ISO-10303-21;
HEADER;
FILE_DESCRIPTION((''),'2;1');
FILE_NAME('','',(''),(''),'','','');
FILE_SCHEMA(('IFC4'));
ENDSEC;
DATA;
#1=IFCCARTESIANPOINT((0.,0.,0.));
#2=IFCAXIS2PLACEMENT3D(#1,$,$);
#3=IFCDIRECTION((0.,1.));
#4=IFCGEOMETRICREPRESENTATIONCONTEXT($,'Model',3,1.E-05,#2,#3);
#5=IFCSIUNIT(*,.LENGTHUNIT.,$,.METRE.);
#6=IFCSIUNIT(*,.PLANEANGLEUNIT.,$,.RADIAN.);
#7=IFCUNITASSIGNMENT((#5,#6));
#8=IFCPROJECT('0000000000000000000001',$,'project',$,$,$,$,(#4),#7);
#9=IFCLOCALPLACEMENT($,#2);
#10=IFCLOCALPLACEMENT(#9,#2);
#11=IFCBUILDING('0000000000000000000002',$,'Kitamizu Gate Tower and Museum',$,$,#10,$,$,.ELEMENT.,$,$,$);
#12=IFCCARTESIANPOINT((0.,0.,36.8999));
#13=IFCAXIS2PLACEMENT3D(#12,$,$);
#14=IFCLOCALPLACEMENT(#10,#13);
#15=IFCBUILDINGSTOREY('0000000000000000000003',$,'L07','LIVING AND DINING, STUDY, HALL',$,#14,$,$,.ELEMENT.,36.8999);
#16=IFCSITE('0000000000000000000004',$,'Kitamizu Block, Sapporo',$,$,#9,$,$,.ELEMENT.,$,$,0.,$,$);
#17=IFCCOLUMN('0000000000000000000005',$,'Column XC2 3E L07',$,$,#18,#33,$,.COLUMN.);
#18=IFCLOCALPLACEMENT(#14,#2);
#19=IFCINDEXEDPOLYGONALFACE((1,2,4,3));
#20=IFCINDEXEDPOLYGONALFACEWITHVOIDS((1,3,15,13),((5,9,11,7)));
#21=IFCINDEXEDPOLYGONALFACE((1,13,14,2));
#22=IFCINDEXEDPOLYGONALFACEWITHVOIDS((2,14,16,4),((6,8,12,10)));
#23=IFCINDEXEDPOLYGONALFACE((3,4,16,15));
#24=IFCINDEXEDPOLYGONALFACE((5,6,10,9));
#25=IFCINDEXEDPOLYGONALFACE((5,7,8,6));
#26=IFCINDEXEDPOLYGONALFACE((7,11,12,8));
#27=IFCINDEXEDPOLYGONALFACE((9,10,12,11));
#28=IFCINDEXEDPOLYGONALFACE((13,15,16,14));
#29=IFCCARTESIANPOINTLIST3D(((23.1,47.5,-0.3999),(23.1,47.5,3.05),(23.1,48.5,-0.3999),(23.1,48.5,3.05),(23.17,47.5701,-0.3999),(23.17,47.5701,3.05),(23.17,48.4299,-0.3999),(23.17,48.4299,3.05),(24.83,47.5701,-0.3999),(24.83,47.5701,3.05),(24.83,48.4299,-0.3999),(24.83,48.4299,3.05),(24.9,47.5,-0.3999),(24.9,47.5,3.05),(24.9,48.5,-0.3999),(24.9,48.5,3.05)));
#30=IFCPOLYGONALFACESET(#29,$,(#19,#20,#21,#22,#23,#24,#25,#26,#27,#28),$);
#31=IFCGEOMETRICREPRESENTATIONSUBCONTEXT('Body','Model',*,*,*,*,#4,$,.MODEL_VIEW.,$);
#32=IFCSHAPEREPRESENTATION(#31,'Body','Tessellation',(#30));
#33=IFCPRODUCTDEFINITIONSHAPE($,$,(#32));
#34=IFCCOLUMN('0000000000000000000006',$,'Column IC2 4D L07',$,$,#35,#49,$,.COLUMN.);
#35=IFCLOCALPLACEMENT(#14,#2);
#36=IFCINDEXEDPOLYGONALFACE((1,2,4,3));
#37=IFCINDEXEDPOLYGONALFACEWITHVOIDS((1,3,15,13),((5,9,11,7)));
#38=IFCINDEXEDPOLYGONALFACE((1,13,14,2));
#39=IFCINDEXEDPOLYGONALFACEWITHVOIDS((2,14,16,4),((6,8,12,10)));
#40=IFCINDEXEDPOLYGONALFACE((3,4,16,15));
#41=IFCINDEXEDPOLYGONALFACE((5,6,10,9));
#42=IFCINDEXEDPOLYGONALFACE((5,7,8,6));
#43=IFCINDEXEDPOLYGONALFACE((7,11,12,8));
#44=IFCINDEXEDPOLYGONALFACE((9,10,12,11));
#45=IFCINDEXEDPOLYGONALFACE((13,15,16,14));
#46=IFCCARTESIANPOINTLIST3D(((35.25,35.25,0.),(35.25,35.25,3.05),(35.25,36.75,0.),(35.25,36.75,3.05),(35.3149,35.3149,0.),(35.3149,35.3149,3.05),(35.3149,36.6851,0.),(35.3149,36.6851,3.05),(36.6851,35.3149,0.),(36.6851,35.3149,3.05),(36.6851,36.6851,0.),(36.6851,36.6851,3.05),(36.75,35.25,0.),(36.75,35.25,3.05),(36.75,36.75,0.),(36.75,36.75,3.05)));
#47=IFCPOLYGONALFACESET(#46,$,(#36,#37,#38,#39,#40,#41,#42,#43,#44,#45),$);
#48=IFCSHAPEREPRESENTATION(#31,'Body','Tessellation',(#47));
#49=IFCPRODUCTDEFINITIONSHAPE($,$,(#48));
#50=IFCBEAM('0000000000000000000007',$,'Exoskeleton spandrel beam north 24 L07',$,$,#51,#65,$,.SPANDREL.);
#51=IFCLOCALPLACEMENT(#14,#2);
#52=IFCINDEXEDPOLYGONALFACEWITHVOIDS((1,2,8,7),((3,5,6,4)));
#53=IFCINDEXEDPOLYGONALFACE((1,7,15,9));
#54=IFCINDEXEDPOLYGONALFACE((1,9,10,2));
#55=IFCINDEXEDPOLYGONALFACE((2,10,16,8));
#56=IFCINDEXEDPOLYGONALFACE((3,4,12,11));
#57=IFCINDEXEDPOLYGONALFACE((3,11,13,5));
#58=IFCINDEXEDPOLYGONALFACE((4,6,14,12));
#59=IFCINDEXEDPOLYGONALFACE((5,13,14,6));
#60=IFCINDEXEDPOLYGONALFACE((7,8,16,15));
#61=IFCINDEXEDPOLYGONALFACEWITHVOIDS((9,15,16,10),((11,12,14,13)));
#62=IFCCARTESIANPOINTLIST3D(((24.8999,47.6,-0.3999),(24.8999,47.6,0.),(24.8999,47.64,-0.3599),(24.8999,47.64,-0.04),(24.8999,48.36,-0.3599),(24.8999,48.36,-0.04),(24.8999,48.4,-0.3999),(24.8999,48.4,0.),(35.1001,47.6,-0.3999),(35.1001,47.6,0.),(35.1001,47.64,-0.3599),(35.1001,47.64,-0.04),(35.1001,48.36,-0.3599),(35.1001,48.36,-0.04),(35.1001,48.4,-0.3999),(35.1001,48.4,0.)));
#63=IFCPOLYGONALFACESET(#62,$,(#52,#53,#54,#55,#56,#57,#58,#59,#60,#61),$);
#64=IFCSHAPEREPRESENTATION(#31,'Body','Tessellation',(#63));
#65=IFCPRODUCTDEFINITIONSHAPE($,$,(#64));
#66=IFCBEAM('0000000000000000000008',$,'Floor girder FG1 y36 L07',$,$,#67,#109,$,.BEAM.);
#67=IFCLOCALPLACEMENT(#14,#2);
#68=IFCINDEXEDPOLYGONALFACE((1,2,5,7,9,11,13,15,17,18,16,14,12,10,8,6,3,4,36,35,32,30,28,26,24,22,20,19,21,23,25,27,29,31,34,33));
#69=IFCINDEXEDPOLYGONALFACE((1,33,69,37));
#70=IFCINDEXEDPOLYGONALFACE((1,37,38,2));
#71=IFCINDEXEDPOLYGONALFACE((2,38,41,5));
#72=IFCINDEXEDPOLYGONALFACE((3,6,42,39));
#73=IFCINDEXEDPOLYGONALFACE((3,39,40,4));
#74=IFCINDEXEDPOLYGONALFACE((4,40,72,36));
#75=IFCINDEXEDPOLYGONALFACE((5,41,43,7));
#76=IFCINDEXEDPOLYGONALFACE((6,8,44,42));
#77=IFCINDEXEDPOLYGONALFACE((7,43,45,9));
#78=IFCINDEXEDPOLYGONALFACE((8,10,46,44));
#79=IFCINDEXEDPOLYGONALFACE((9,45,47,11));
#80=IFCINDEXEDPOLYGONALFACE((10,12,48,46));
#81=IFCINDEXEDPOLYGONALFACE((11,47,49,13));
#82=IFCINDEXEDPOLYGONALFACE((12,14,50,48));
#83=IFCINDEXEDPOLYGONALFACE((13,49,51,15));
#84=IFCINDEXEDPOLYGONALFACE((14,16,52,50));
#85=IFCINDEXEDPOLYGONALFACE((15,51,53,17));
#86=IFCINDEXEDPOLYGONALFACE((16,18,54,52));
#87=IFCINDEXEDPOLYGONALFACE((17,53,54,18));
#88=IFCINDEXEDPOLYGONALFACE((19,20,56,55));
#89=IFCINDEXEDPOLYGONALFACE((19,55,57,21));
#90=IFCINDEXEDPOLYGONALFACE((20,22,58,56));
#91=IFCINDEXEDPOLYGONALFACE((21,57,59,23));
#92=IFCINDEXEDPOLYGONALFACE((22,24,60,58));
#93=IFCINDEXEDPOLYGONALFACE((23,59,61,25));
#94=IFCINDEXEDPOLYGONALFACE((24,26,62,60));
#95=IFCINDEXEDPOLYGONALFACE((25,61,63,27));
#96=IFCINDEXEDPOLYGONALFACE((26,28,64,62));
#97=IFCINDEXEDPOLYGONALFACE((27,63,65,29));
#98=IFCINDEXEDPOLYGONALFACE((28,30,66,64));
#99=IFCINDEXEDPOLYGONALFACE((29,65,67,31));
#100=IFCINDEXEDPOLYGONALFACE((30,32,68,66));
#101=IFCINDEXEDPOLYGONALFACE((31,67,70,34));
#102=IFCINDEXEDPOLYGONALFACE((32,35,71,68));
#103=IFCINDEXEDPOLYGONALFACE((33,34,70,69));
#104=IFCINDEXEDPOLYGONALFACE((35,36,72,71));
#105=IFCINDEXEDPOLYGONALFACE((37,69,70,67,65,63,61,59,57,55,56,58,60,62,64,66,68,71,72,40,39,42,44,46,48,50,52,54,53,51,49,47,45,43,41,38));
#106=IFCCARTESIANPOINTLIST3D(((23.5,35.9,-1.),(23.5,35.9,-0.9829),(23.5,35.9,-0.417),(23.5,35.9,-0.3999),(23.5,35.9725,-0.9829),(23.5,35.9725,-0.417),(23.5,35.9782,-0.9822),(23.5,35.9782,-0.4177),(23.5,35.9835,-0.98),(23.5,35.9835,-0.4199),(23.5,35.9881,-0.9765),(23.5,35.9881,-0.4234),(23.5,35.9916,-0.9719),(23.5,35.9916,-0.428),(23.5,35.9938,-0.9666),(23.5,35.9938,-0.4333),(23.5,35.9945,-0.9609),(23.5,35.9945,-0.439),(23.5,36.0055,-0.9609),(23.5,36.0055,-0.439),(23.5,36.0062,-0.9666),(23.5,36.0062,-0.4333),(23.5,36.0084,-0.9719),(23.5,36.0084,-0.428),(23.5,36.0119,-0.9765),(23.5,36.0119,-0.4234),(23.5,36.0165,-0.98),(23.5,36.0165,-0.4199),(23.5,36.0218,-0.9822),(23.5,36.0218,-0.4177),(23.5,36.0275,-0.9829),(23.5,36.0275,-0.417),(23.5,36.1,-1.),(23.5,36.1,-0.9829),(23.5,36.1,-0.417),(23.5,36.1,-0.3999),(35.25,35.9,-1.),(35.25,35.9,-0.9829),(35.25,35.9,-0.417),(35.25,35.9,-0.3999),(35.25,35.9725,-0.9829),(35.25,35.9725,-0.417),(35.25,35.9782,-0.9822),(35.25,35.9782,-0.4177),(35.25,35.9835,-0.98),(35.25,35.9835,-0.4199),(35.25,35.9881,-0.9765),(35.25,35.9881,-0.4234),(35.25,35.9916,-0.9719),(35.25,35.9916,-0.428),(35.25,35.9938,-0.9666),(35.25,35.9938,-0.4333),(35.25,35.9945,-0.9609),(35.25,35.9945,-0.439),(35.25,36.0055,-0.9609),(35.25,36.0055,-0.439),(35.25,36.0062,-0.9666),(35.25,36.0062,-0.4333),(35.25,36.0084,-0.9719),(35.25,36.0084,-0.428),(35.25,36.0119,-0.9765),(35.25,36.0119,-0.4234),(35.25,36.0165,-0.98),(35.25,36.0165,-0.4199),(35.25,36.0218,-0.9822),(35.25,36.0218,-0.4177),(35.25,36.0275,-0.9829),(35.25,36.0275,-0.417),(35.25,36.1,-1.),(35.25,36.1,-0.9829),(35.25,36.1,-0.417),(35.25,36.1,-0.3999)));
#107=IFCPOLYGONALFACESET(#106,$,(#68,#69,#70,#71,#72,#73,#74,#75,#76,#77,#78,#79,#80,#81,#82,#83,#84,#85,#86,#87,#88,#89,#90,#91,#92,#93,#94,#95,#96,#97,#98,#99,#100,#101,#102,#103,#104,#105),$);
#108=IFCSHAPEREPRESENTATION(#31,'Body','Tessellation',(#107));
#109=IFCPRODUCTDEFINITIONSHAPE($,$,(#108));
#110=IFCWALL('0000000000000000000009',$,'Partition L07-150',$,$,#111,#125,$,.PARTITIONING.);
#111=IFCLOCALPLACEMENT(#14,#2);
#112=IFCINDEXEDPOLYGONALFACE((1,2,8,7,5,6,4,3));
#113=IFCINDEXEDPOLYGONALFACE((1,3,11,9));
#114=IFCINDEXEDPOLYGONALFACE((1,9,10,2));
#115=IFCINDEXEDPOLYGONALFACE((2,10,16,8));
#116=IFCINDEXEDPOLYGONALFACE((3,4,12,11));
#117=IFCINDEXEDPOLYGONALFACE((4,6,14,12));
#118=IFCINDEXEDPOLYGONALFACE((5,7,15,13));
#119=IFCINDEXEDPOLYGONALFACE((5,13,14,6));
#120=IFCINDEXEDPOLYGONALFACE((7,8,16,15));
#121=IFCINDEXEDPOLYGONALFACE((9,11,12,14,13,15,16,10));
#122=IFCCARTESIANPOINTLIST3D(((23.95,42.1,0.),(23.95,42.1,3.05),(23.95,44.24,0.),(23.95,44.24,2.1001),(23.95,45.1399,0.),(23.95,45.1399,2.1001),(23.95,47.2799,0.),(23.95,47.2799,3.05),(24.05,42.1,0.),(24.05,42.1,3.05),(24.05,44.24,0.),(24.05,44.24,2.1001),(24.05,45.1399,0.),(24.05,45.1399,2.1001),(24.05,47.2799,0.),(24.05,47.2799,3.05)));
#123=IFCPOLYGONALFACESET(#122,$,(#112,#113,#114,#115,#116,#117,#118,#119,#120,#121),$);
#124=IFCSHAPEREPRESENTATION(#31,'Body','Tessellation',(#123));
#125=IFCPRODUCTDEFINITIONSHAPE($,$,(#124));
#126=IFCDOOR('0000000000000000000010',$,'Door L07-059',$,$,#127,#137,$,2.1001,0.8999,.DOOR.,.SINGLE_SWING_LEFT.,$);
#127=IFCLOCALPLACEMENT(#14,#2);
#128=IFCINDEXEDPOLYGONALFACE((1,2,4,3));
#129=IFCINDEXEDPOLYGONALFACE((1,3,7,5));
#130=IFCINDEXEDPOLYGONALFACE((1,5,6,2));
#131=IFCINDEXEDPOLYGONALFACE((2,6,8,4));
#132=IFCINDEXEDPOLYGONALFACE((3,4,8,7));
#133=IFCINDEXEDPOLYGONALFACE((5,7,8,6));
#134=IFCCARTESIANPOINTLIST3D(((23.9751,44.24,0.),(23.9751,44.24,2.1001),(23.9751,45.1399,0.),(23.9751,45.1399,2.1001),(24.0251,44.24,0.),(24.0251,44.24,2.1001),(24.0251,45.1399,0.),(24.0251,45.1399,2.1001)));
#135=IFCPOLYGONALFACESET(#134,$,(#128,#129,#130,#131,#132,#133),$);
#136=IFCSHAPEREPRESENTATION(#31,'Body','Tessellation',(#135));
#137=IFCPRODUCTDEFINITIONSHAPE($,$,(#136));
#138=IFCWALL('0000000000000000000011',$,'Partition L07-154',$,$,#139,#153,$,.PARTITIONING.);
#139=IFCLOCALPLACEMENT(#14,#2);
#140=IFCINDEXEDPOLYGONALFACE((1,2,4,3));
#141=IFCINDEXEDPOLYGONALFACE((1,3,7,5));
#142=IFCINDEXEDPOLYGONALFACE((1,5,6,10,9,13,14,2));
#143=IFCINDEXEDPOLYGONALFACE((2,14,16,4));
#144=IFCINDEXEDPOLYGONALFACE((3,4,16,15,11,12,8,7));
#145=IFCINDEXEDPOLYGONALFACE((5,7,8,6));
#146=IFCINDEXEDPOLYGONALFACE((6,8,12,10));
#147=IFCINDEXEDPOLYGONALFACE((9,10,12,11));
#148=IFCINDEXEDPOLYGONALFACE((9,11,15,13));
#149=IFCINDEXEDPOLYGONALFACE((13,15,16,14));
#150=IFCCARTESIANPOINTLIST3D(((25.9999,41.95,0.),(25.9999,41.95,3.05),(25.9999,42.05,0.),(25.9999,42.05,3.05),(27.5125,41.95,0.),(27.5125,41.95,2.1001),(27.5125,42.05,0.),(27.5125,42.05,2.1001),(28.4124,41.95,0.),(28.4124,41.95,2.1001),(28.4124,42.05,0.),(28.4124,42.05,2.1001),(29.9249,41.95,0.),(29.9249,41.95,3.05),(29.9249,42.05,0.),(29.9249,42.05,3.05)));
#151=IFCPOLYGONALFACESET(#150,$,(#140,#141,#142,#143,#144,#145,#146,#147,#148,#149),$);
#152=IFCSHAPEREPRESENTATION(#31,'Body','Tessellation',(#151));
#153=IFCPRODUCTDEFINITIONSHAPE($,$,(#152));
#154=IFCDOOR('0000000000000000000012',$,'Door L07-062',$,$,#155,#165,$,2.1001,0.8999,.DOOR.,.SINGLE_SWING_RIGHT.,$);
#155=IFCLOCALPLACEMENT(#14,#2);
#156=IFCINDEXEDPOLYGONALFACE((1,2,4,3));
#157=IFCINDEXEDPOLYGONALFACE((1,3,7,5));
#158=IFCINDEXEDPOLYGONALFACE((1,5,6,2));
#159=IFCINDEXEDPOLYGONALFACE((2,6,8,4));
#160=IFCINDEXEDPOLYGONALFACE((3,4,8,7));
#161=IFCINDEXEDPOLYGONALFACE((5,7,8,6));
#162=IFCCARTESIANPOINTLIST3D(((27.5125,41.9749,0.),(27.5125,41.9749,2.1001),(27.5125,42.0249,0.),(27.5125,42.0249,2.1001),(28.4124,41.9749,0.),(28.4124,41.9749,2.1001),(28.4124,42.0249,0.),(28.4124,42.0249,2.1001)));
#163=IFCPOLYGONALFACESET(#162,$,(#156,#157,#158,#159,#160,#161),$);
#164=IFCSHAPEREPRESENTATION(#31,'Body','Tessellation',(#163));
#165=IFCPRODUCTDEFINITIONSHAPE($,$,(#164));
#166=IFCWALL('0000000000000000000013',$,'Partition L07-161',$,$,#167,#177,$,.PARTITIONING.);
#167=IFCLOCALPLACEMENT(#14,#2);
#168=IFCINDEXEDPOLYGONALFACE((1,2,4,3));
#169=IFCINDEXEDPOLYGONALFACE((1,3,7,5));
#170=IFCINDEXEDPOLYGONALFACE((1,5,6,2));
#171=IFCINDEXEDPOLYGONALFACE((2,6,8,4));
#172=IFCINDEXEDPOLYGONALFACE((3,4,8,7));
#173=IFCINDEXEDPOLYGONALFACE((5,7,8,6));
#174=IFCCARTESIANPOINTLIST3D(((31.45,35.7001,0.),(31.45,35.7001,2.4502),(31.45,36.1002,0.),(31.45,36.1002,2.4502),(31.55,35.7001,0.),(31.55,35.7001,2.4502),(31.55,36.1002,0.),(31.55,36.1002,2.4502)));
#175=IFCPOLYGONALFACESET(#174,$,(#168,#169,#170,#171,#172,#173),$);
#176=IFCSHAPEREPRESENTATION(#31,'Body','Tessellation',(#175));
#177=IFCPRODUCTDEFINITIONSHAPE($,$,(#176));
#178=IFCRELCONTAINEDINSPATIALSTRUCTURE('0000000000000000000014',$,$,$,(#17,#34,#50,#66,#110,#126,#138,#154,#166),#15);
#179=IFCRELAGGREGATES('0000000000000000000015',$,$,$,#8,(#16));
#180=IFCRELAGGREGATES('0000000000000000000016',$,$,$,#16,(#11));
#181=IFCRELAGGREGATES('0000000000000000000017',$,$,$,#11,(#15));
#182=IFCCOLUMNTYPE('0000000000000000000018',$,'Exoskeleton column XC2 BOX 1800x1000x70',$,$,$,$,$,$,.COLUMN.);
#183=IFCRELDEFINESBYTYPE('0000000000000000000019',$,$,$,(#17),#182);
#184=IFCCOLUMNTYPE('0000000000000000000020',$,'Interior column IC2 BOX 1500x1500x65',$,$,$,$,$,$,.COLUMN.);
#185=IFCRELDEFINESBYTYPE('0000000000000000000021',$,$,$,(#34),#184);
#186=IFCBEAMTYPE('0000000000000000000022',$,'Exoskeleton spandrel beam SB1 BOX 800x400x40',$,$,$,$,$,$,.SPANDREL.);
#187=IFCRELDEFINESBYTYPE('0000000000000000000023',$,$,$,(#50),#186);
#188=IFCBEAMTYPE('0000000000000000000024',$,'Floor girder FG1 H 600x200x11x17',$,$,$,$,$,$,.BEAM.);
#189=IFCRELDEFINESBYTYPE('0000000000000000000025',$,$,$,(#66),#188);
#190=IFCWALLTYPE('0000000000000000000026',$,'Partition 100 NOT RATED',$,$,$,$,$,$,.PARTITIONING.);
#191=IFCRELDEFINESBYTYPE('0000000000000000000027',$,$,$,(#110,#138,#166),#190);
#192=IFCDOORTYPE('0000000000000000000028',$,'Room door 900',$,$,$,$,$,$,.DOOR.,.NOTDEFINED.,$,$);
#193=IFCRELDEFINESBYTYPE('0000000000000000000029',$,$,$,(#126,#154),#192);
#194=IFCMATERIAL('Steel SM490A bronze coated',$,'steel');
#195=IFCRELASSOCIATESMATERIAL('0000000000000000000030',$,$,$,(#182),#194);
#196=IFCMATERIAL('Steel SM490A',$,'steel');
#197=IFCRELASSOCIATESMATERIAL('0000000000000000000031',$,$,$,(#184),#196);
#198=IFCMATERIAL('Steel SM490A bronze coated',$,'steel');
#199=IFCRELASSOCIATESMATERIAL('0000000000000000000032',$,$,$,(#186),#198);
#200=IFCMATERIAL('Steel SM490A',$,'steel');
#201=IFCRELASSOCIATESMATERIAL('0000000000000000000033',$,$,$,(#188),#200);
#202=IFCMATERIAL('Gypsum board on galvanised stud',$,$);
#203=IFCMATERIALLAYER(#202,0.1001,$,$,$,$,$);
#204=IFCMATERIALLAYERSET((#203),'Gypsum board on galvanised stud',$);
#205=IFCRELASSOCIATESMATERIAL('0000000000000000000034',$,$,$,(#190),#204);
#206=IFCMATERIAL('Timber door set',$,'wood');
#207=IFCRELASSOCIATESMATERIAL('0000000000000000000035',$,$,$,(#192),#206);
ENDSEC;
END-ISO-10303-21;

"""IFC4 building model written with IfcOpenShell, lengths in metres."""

from ifc_helpers import new_model, si_unit, direction, frame, frame_2d, origin, origin_2d, place, context, subcontext, project, spatial, rectangle, hollow_rectangle, i_section, extrude, material, layer, layer_set, material_profile, profile_set, type_object, element, fill, save


model = new_model("IFC4")

# Units and contexts
model_context = context("Model", 3, precision=1e-05, world=origin(), true_north=direction((0.0, 1.0)))
body_context = subcontext(model_context, "Body", "Model", "MODEL_VIEW")
ifc_project = project(units=[si_unit("LENGTHUNIT", "METRE"), si_unit("PLANEANGLEUNIT", "RADIAN")], contexts=[model_context])

# Site, building, storey
site_placement = place(None, origin())
site = spatial("IfcSite", under=ifc_project, at=site_placement, Name="Kitamizu Block, Sapporo", CompositionType="ELEMENT", RefElevation=0.0)
building_placement = place(site_placement, origin())
building = spatial("IfcBuilding", under=site, at=building_placement, Name="Kitamizu Gate Tower and Museum", CompositionType="ELEMENT")
storey_placement = place(building_placement, frame((0.0, 0.0, 36.8999)))
storey = spatial("IfcBuildingStorey", under=building, at=storey_placement, Name="L07", Description="LIVING AND DINING, STUDY, HALL", CompositionType="ELEMENT", Elevation=36.8999)

# Columns
ifc_material_1 = material(Name="Steel SM490A bronze coated", Category="steel")
ifc_material_profile_1 = material_profile(ifc_material_1, hollow_rectangle(XDim=1.8, YDim=1.0, WallThickness=0.0701, at=origin_2d()), Name="BOX 1800x1000x70")
ifc_profile_set_1 = profile_set([ifc_material_profile_1], Name="Steel SM490A bronze coated")
column_type_1 = type_object("IfcColumnType", Name="Exoskeleton column XC2 BOX 1800x1000x70", PredefinedType="COLUMN", material=ifc_profile_set_1)
column_1_placement = place(storey_placement, frame((24.0, 48.0, -0.3999), z_axis=(0.0, 0.0, 1.0), x_axis=(1.0, 0.0, 0.0)))
element("IfcColumn", 1, at=column_1_placement, inside=storey, type_object=column_type_1, Name="Column XC2 3E L07", PredefinedType="COLUMN", context=body_context, shape_type="SweptSolid", body=[
    extrude(hollow_rectangle(XDim=1.8, YDim=1.0, WallThickness=0.0701, at=origin_2d()), origin(), (0.0, 0.0, 1.0), 3.45),
])
ifc_material_2 = material(Name="Steel SM490A", Category="steel")
ifc_material_profile_2 = material_profile(ifc_material_2, hollow_rectangle(XDim=1.5, YDim=1.5, WallThickness=0.0649, at=origin_2d()), Name="BOX 1500x1500x65")
ifc_profile_set_2 = profile_set([ifc_material_profile_2], Name="Steel SM490A")
column_type_2 = type_object("IfcColumnType", Name="Interior column IC2 BOX 1500x1500x65", PredefinedType="COLUMN", material=ifc_profile_set_2)
column_2_placement = place(storey_placement, frame((36.0, 36.0, 0.0), z_axis=(0.0, 0.0, 1.0), x_axis=(1.0, 0.0, 0.0)))
element("IfcColumn", 2, at=column_2_placement, inside=storey, type_object=column_type_2, Name="Column IC2 4D L07", PredefinedType="COLUMN", context=body_context, shape_type="SweptSolid", body=[
    extrude(hollow_rectangle(XDim=1.5, YDim=1.5, WallThickness=0.0649, at=origin_2d()), origin(), (0.0, 0.0, 1.0), 3.05),
])

# Beams
ifc_material_3 = material(Name="Steel SM490A bronze coated", Category="steel")
ifc_material_profile_3 = material_profile(ifc_material_3, hollow_rectangle(XDim=0.8, YDim=0.3999, WallThickness=0.04, at=origin_2d()), Name="BOX 800x400x40")
ifc_profile_set_3 = profile_set([ifc_material_profile_3], Name="Steel SM490A bronze coated")
beam_type_1 = type_object("IfcBeamType", Name="Exoskeleton spandrel beam SB1 BOX 800x400x40", PredefinedType="SPANDREL", material=ifc_profile_set_3)
beam_1_placement = place(storey_placement, frame((24.8999, 48.0, -0.2), z_axis=(1.0, 0.0, 0.0), x_axis=(0.0, 1.0, 0.0)))
element("IfcBeam", 3, at=beam_1_placement, inside=storey, type_object=beam_type_1, Name="Exoskeleton spandrel beam north 24 L07", PredefinedType="SPANDREL", context=body_context, shape_type="SweptSolid", body=[
    extrude(hollow_rectangle(XDim=0.8, YDim=0.3999, WallThickness=0.04, at=origin_2d()), origin(), (0.0, 0.0, 1.0), 10.2002),
])
ifc_material_4 = material(Name="Steel SM490A", Category="steel")
ifc_material_profile_4 = material_profile(ifc_material_4, i_section(OverallWidth=0.2, OverallDepth=0.6001, WebThickness=0.011, FlangeThickness=0.0171, FilletRadius=0.022, at=origin_2d()), Name="H-600x200x11x17")
ifc_profile_set_4 = profile_set([ifc_material_profile_4], Name="Steel SM490A")
beam_type_2 = type_object("IfcBeamType", Name="Floor girder FG1 H 600x200x11x17", PredefinedType="BEAM", material=ifc_profile_set_4)
beam_2_placement = place(storey_placement, frame((23.5, 36.0, -0.7), z_axis=(1.0, 0.0, 0.0), x_axis=(0.0, 1.0, 0.0)))
element("IfcBeam", 4, at=beam_2_placement, inside=storey, type_object=beam_type_2, Name="Floor girder FG1 y36 L07", PredefinedType="BEAM", context=body_context, shape_type="SweptSolid", body=[
    extrude(i_section(OverallWidth=0.2, OverallDepth=0.6001, WebThickness=0.011, FlangeThickness=0.0171, FilletRadius=0.022, at=origin_2d()), origin(), (0.0, 0.0, 1.0), 11.75),
])

# Walls, openings, doors
ifc_material_5 = material(Name="Gypsum board on galvanised stud")
ifc_layer_1 = layer(ifc_material_5, 0.1001)
ifc_layer_set_1 = layer_set([ifc_layer_1], Name="Gypsum board on galvanised stud")
wall_type_1 = type_object("IfcWallType", Name="Partition 100 NOT RATED", PredefinedType="PARTITIONING", material=ifc_layer_set_1)
wall_1_placement = place(storey_placement, frame((24.0, 42.1001, 0.0), z_axis=(0.0, 0.0, 1.0), x_axis=(0.0, 1.0, 0.0)))
wall_1 = element("IfcWall", 5, at=wall_1_placement, inside=storey, type_object=wall_type_1, Name="Partition L07-150", PredefinedType="PARTITIONING", context=body_context, shape_type="SweptSolid", body=[
    extrude(rectangle(XDim=5.1799, YDim=0.1001, at=frame_2d((2.5898, 0.0))), origin(), (0.0, 0.0, 1.0), 3.05),
])
opening_1_placement = place(wall_1_placement, frame((2.1399, 0.0, 0.0)))
opening_1 = element("IfcOpeningElement", 6, at=opening_1_placement, cuts=wall_1, PredefinedType="OPENING", context=body_context, shape_type="SweptSolid", body=[
    extrude(rectangle(XDim=0.8999, YDim=2.1001, at=frame_2d((0.45, 1.05))), frame((0.0, 0.0601, 0.0), z_axis=(0.0, -1.0, 0.0), x_axis=(1.0, 0.0, 0.0)), (0.0, 0.0, 1.0), 0.1201),
])
ifc_material_6 = material(Name="Timber door set", Category="wood")
door_type_1 = type_object("IfcDoorType", Name="Room door 900", OperationType="NOTDEFINED", PredefinedType="DOOR", material=ifc_material_6)
door_1_placement = place(opening_1_placement, origin())
door_1 = element("IfcDoor", 7, at=door_1_placement, inside=storey, type_object=door_type_1, Name="Door L07-059", OperationType="SINGLE_SWING_LEFT", OverallHeight=2.1001, OverallWidth=0.8999, PredefinedType="DOOR", context=body_context, shape_type="SweptSolid", body=[
    extrude(rectangle(XDim=0.8999, YDim=2.1001, at=frame_2d((0.45, 1.05))), frame((0.0, 0.0249, 0.0), z_axis=(0.0, -1.0, 0.0), x_axis=(1.0, 0.0, 0.0)), (0.0, 0.0, 1.0), 0.05),
])
fill(opening_1, door_1)
wall_2_placement = place(storey_placement, frame((26.0, 42.0, 0.0), z_axis=(0.0, 0.0, 1.0), x_axis=(1.0, 0.0, 0.0)))
wall_2 = element("IfcWall", 8, at=wall_2_placement, inside=storey, type_object=wall_type_1, Name="Partition L07-154", PredefinedType="PARTITIONING", context=body_context, shape_type="SweptSolid", body=[
    extrude(rectangle(XDim=3.925, YDim=0.1001, at=frame_2d((1.9624, 0.0))), origin(), (0.0, 0.0, 1.0), 3.05),
])
opening_2_placement = place(wall_2_placement, frame((1.5125, 0.0, 0.0)))
opening_2 = element("IfcOpeningElement", 9, at=opening_2_placement, cuts=wall_2, PredefinedType="OPENING", context=body_context, shape_type="SweptSolid", body=[
    extrude(rectangle(XDim=0.8999, YDim=2.1001, at=frame_2d((0.45, 1.05))), frame((0.0, 0.0601, 0.0), z_axis=(0.0, -1.0, 0.0), x_axis=(1.0, 0.0, 0.0)), (0.0, 0.0, 1.0), 0.1201),
])
door_2_placement = place(opening_2_placement, origin())
door_2 = element("IfcDoor", 10, at=door_2_placement, inside=storey, type_object=door_type_1, Name="Door L07-062", OperationType="SINGLE_SWING_RIGHT", OverallHeight=2.1001, OverallWidth=0.8999, PredefinedType="DOOR", context=body_context, shape_type="SweptSolid", body=[
    extrude(rectangle(XDim=0.8999, YDim=2.1001, at=frame_2d((0.45, 1.05))), frame((0.0, 0.0249, 0.0), z_axis=(0.0, -1.0, 0.0), x_axis=(1.0, 0.0, 0.0)), (0.0, 0.0, 1.0), 0.05),
])
fill(opening_2, door_2)

# Wall
wall_3_placement = place(storey_placement, frame((31.5, 35.7, 0.0), z_axis=(0.0, 0.0, 1.0), x_axis=(0.0, 1.0, 0.0)))
element("IfcWall", 11, at=wall_3_placement, inside=storey, type_object=wall_type_1, Name="Partition L07-161", PredefinedType="PARTITIONING", context=body_context, shape_type="SweptSolid", body=[
    extrude(rectangle(XDim=0.4001, YDim=0.1001, at=frame_2d((0.2002, 0.0))), origin(), (0.0, 0.0, 1.0), 2.4502),
])

save(model, "model.ifc")
